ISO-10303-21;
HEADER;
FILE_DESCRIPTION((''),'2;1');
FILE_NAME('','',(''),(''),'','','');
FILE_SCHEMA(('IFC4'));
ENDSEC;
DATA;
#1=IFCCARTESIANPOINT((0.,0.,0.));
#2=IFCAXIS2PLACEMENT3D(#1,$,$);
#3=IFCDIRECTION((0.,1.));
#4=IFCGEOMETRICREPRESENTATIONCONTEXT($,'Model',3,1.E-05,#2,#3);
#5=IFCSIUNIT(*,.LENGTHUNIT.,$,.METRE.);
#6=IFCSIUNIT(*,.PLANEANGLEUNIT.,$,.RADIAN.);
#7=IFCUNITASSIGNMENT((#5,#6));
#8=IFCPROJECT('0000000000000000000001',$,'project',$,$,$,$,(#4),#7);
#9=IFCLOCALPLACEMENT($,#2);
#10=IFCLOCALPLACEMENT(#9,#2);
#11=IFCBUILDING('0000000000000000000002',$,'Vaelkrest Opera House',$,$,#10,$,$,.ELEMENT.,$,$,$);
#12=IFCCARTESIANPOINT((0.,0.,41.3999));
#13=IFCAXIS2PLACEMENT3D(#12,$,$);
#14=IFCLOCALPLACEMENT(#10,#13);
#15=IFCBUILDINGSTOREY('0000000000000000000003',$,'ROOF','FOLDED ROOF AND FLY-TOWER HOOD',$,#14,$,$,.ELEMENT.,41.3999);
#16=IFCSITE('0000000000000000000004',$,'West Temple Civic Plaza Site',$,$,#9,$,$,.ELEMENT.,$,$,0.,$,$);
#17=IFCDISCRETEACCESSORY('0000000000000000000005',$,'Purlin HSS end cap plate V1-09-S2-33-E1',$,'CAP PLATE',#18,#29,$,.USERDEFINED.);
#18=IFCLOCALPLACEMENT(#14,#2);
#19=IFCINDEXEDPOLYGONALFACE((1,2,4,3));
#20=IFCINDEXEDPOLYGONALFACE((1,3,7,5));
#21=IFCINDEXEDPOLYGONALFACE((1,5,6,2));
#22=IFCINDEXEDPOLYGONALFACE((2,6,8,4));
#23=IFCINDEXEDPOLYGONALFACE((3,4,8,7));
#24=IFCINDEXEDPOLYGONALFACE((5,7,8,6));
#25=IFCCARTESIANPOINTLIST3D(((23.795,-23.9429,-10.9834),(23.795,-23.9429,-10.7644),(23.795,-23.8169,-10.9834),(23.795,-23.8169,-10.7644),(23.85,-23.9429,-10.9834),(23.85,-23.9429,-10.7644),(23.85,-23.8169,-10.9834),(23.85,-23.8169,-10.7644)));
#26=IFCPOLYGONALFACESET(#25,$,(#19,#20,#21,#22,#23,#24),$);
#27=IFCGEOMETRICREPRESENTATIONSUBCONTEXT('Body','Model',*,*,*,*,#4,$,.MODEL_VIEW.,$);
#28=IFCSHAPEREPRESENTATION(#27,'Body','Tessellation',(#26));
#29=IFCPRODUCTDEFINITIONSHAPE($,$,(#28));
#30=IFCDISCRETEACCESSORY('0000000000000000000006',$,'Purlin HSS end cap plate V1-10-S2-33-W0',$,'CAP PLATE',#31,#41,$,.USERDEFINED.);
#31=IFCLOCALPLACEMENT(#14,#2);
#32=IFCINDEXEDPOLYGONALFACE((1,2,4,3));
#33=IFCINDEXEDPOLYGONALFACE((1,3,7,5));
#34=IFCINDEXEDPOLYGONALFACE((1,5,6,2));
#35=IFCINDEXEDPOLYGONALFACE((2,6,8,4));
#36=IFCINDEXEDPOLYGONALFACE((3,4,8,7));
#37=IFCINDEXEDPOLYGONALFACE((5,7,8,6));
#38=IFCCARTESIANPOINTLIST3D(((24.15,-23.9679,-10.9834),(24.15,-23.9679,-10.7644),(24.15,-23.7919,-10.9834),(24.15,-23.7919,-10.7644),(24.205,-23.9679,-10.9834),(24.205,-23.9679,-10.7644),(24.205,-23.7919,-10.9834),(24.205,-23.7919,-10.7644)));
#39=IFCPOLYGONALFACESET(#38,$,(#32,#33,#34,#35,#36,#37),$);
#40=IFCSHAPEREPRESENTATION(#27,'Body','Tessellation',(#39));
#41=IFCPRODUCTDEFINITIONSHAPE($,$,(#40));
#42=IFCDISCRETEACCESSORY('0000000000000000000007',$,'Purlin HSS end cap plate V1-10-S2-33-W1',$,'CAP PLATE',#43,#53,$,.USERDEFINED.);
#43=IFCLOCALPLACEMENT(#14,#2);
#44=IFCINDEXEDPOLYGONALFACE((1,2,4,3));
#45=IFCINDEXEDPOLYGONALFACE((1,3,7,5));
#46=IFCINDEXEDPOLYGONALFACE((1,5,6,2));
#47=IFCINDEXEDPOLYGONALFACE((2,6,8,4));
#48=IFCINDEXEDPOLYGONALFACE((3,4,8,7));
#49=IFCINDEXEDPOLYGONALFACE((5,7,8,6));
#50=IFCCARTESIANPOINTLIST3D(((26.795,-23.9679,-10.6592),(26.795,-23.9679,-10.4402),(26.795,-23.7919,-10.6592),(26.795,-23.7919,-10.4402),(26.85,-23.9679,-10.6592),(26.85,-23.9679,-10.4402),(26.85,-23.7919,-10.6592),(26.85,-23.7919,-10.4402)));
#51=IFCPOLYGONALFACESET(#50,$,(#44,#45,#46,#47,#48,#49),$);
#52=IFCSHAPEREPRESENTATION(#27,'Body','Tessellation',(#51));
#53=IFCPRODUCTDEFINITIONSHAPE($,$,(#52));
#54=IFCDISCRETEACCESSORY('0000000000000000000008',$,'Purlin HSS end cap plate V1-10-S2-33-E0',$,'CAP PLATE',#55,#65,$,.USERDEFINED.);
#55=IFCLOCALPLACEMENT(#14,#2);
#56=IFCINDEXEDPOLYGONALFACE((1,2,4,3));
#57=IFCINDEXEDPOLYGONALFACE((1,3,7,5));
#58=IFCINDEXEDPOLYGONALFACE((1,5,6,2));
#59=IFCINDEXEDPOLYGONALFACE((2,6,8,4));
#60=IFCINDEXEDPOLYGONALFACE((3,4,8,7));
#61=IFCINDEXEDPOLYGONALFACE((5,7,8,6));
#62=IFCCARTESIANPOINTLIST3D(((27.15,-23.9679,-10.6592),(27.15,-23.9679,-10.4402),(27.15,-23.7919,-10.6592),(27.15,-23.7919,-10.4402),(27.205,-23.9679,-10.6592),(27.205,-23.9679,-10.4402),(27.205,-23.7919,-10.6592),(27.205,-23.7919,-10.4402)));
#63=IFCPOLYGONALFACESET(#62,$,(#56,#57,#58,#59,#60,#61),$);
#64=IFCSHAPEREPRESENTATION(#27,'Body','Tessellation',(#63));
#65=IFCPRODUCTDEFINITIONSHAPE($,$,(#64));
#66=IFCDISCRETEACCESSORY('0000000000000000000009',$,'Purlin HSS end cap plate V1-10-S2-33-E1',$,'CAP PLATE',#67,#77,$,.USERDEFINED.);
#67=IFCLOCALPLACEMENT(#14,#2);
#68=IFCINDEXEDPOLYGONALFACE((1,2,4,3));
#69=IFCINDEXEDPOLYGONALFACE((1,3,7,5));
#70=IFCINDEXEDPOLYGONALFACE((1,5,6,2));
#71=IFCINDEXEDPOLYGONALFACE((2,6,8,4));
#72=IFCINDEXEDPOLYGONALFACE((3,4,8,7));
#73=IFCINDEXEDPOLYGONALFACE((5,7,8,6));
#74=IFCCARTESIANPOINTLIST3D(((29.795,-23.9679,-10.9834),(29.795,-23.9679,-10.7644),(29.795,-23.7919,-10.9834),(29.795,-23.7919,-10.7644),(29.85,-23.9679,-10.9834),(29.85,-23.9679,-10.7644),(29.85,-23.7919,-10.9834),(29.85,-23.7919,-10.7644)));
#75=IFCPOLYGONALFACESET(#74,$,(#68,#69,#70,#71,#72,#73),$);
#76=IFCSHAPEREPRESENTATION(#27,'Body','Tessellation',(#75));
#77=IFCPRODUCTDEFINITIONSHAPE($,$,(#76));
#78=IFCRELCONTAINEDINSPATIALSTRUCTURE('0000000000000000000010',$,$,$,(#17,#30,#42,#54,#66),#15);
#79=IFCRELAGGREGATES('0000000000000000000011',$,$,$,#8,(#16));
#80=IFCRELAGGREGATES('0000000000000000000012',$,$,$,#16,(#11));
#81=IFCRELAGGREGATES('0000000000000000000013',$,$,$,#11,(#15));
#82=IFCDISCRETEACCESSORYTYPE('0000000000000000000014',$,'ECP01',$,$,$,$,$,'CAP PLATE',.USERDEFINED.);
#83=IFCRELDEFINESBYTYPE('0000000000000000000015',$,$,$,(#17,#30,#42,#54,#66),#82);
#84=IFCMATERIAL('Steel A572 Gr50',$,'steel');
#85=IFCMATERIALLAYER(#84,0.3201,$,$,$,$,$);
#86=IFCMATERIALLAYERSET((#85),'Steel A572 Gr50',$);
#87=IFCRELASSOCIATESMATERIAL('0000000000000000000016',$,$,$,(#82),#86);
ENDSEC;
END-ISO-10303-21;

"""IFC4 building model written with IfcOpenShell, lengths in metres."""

from ifc_helpers import new_model, si_unit, direction, frame, origin, origin_2d, place, context, subcontext, project, spatial, rectangle, extrude, material, layer, layer_set, type_object, element, save


model = new_model("IFC4")

# Units and contexts
model_context = context("Model", 3, precision=1e-05, world=origin(), true_north=direction((0.0, 1.0)))
body_context = subcontext(model_context, "Body", "Model", "MODEL_VIEW")
ifc_project = project(units=[si_unit("LENGTHUNIT", "METRE"), si_unit("PLANEANGLEUNIT", "RADIAN")], contexts=[model_context])

# Site, building, storey
site_placement = place(None, origin())
site = spatial("IfcSite", under=ifc_project, at=site_placement, Name="West Temple Civic Plaza Site", CompositionType="ELEMENT", RefElevation=0.0)
building_placement = place(site_placement, origin())
building = spatial("IfcBuilding", under=site, at=building_placement, Name="Vaelkrest Opera House", CompositionType="ELEMENT")
storey_placement = place(building_placement, frame((0.0, 0.0, 41.3999)))
storey = spatial("IfcBuildingStorey", under=building, at=storey_placement, Name="ROOF", Description="FOLDED ROOF AND FLY-TOWER HOOD", CompositionType="ELEMENT", Elevation=41.3999)

# Shared definitions
ifc_material_1 = material(Name="Steel A572 Gr50", Category="steel")

# Discrete accessories
ifc_layer_1 = layer(ifc_material_1, 0.3201)
ifc_layer_set_1 = layer_set([ifc_layer_1], Name="Steel A572 Gr50")
discrete_accessory_type = type_object("IfcDiscreteAccessoryType", Name="ECP01", ElementType="CAP PLATE", PredefinedType="USERDEFINED", material=ifc_layer_set_1)
for number, where, z_axis, x_axis, name in (
    (1, (23.8225, -23.8799, -10.9834), (0.0, 0.0, 1.0), (1.0, 0.0, 0.0), "Purlin HSS end cap plate V1-09-S2-33-E1"),
):
    element("IfcDiscreteAccessory", number, at=place(storey_placement, frame(where, z_axis=z_axis, x_axis=x_axis)), inside=storey, type_object=discrete_accessory_type, Name=name, ObjectType="CAP PLATE", PredefinedType="USERDEFINED", context=body_context, shape_type="SweptSolid", body=[
        extrude(rectangle(XDim=0.0549, YDim=0.126, at=origin_2d()), origin(), (0.0, 0.0, 1.0), 0.219),
    ])
for number, where, z_axis, x_axis, name in (
    (2, (24.1775, -23.8799, -10.9834), (0.0, 0.0, 1.0), (1.0, 0.0, 0.0), "Purlin HSS end cap plate V1-10-S2-33-W0"),
    (3, (26.8225, -23.8799, -10.6592), (0.0, 0.0, 1.0), (1.0, 0.0, 0.0), "Purlin HSS end cap plate V1-10-S2-33-W1"),
    (4, (27.1775, -23.8799, -10.6592), (0.0, 0.0, 1.0), (1.0, 0.0, 0.0), "Purlin HSS end cap plate V1-10-S2-33-E0"),
    (5, (29.8225, -23.8799, -10.9834), (0.0, 0.0, 1.0), (1.0, 0.0, 0.0), "Purlin HSS end cap plate V1-10-S2-33-E1"),
):
    element("IfcDiscreteAccessory", number, at=place(storey_placement, frame(where, z_axis=z_axis, x_axis=x_axis)), inside=storey, type_object=discrete_accessory_type, Name=name, ObjectType="CAP PLATE", PredefinedType="USERDEFINED", context=body_context, shape_type="SweptSolid", body=[
        extrude(rectangle(XDim=0.0549, YDim=0.176, at=origin_2d()), origin(), (0.0, 0.0, 1.0), 0.219),
    ])

save(model, "model.ifc")
